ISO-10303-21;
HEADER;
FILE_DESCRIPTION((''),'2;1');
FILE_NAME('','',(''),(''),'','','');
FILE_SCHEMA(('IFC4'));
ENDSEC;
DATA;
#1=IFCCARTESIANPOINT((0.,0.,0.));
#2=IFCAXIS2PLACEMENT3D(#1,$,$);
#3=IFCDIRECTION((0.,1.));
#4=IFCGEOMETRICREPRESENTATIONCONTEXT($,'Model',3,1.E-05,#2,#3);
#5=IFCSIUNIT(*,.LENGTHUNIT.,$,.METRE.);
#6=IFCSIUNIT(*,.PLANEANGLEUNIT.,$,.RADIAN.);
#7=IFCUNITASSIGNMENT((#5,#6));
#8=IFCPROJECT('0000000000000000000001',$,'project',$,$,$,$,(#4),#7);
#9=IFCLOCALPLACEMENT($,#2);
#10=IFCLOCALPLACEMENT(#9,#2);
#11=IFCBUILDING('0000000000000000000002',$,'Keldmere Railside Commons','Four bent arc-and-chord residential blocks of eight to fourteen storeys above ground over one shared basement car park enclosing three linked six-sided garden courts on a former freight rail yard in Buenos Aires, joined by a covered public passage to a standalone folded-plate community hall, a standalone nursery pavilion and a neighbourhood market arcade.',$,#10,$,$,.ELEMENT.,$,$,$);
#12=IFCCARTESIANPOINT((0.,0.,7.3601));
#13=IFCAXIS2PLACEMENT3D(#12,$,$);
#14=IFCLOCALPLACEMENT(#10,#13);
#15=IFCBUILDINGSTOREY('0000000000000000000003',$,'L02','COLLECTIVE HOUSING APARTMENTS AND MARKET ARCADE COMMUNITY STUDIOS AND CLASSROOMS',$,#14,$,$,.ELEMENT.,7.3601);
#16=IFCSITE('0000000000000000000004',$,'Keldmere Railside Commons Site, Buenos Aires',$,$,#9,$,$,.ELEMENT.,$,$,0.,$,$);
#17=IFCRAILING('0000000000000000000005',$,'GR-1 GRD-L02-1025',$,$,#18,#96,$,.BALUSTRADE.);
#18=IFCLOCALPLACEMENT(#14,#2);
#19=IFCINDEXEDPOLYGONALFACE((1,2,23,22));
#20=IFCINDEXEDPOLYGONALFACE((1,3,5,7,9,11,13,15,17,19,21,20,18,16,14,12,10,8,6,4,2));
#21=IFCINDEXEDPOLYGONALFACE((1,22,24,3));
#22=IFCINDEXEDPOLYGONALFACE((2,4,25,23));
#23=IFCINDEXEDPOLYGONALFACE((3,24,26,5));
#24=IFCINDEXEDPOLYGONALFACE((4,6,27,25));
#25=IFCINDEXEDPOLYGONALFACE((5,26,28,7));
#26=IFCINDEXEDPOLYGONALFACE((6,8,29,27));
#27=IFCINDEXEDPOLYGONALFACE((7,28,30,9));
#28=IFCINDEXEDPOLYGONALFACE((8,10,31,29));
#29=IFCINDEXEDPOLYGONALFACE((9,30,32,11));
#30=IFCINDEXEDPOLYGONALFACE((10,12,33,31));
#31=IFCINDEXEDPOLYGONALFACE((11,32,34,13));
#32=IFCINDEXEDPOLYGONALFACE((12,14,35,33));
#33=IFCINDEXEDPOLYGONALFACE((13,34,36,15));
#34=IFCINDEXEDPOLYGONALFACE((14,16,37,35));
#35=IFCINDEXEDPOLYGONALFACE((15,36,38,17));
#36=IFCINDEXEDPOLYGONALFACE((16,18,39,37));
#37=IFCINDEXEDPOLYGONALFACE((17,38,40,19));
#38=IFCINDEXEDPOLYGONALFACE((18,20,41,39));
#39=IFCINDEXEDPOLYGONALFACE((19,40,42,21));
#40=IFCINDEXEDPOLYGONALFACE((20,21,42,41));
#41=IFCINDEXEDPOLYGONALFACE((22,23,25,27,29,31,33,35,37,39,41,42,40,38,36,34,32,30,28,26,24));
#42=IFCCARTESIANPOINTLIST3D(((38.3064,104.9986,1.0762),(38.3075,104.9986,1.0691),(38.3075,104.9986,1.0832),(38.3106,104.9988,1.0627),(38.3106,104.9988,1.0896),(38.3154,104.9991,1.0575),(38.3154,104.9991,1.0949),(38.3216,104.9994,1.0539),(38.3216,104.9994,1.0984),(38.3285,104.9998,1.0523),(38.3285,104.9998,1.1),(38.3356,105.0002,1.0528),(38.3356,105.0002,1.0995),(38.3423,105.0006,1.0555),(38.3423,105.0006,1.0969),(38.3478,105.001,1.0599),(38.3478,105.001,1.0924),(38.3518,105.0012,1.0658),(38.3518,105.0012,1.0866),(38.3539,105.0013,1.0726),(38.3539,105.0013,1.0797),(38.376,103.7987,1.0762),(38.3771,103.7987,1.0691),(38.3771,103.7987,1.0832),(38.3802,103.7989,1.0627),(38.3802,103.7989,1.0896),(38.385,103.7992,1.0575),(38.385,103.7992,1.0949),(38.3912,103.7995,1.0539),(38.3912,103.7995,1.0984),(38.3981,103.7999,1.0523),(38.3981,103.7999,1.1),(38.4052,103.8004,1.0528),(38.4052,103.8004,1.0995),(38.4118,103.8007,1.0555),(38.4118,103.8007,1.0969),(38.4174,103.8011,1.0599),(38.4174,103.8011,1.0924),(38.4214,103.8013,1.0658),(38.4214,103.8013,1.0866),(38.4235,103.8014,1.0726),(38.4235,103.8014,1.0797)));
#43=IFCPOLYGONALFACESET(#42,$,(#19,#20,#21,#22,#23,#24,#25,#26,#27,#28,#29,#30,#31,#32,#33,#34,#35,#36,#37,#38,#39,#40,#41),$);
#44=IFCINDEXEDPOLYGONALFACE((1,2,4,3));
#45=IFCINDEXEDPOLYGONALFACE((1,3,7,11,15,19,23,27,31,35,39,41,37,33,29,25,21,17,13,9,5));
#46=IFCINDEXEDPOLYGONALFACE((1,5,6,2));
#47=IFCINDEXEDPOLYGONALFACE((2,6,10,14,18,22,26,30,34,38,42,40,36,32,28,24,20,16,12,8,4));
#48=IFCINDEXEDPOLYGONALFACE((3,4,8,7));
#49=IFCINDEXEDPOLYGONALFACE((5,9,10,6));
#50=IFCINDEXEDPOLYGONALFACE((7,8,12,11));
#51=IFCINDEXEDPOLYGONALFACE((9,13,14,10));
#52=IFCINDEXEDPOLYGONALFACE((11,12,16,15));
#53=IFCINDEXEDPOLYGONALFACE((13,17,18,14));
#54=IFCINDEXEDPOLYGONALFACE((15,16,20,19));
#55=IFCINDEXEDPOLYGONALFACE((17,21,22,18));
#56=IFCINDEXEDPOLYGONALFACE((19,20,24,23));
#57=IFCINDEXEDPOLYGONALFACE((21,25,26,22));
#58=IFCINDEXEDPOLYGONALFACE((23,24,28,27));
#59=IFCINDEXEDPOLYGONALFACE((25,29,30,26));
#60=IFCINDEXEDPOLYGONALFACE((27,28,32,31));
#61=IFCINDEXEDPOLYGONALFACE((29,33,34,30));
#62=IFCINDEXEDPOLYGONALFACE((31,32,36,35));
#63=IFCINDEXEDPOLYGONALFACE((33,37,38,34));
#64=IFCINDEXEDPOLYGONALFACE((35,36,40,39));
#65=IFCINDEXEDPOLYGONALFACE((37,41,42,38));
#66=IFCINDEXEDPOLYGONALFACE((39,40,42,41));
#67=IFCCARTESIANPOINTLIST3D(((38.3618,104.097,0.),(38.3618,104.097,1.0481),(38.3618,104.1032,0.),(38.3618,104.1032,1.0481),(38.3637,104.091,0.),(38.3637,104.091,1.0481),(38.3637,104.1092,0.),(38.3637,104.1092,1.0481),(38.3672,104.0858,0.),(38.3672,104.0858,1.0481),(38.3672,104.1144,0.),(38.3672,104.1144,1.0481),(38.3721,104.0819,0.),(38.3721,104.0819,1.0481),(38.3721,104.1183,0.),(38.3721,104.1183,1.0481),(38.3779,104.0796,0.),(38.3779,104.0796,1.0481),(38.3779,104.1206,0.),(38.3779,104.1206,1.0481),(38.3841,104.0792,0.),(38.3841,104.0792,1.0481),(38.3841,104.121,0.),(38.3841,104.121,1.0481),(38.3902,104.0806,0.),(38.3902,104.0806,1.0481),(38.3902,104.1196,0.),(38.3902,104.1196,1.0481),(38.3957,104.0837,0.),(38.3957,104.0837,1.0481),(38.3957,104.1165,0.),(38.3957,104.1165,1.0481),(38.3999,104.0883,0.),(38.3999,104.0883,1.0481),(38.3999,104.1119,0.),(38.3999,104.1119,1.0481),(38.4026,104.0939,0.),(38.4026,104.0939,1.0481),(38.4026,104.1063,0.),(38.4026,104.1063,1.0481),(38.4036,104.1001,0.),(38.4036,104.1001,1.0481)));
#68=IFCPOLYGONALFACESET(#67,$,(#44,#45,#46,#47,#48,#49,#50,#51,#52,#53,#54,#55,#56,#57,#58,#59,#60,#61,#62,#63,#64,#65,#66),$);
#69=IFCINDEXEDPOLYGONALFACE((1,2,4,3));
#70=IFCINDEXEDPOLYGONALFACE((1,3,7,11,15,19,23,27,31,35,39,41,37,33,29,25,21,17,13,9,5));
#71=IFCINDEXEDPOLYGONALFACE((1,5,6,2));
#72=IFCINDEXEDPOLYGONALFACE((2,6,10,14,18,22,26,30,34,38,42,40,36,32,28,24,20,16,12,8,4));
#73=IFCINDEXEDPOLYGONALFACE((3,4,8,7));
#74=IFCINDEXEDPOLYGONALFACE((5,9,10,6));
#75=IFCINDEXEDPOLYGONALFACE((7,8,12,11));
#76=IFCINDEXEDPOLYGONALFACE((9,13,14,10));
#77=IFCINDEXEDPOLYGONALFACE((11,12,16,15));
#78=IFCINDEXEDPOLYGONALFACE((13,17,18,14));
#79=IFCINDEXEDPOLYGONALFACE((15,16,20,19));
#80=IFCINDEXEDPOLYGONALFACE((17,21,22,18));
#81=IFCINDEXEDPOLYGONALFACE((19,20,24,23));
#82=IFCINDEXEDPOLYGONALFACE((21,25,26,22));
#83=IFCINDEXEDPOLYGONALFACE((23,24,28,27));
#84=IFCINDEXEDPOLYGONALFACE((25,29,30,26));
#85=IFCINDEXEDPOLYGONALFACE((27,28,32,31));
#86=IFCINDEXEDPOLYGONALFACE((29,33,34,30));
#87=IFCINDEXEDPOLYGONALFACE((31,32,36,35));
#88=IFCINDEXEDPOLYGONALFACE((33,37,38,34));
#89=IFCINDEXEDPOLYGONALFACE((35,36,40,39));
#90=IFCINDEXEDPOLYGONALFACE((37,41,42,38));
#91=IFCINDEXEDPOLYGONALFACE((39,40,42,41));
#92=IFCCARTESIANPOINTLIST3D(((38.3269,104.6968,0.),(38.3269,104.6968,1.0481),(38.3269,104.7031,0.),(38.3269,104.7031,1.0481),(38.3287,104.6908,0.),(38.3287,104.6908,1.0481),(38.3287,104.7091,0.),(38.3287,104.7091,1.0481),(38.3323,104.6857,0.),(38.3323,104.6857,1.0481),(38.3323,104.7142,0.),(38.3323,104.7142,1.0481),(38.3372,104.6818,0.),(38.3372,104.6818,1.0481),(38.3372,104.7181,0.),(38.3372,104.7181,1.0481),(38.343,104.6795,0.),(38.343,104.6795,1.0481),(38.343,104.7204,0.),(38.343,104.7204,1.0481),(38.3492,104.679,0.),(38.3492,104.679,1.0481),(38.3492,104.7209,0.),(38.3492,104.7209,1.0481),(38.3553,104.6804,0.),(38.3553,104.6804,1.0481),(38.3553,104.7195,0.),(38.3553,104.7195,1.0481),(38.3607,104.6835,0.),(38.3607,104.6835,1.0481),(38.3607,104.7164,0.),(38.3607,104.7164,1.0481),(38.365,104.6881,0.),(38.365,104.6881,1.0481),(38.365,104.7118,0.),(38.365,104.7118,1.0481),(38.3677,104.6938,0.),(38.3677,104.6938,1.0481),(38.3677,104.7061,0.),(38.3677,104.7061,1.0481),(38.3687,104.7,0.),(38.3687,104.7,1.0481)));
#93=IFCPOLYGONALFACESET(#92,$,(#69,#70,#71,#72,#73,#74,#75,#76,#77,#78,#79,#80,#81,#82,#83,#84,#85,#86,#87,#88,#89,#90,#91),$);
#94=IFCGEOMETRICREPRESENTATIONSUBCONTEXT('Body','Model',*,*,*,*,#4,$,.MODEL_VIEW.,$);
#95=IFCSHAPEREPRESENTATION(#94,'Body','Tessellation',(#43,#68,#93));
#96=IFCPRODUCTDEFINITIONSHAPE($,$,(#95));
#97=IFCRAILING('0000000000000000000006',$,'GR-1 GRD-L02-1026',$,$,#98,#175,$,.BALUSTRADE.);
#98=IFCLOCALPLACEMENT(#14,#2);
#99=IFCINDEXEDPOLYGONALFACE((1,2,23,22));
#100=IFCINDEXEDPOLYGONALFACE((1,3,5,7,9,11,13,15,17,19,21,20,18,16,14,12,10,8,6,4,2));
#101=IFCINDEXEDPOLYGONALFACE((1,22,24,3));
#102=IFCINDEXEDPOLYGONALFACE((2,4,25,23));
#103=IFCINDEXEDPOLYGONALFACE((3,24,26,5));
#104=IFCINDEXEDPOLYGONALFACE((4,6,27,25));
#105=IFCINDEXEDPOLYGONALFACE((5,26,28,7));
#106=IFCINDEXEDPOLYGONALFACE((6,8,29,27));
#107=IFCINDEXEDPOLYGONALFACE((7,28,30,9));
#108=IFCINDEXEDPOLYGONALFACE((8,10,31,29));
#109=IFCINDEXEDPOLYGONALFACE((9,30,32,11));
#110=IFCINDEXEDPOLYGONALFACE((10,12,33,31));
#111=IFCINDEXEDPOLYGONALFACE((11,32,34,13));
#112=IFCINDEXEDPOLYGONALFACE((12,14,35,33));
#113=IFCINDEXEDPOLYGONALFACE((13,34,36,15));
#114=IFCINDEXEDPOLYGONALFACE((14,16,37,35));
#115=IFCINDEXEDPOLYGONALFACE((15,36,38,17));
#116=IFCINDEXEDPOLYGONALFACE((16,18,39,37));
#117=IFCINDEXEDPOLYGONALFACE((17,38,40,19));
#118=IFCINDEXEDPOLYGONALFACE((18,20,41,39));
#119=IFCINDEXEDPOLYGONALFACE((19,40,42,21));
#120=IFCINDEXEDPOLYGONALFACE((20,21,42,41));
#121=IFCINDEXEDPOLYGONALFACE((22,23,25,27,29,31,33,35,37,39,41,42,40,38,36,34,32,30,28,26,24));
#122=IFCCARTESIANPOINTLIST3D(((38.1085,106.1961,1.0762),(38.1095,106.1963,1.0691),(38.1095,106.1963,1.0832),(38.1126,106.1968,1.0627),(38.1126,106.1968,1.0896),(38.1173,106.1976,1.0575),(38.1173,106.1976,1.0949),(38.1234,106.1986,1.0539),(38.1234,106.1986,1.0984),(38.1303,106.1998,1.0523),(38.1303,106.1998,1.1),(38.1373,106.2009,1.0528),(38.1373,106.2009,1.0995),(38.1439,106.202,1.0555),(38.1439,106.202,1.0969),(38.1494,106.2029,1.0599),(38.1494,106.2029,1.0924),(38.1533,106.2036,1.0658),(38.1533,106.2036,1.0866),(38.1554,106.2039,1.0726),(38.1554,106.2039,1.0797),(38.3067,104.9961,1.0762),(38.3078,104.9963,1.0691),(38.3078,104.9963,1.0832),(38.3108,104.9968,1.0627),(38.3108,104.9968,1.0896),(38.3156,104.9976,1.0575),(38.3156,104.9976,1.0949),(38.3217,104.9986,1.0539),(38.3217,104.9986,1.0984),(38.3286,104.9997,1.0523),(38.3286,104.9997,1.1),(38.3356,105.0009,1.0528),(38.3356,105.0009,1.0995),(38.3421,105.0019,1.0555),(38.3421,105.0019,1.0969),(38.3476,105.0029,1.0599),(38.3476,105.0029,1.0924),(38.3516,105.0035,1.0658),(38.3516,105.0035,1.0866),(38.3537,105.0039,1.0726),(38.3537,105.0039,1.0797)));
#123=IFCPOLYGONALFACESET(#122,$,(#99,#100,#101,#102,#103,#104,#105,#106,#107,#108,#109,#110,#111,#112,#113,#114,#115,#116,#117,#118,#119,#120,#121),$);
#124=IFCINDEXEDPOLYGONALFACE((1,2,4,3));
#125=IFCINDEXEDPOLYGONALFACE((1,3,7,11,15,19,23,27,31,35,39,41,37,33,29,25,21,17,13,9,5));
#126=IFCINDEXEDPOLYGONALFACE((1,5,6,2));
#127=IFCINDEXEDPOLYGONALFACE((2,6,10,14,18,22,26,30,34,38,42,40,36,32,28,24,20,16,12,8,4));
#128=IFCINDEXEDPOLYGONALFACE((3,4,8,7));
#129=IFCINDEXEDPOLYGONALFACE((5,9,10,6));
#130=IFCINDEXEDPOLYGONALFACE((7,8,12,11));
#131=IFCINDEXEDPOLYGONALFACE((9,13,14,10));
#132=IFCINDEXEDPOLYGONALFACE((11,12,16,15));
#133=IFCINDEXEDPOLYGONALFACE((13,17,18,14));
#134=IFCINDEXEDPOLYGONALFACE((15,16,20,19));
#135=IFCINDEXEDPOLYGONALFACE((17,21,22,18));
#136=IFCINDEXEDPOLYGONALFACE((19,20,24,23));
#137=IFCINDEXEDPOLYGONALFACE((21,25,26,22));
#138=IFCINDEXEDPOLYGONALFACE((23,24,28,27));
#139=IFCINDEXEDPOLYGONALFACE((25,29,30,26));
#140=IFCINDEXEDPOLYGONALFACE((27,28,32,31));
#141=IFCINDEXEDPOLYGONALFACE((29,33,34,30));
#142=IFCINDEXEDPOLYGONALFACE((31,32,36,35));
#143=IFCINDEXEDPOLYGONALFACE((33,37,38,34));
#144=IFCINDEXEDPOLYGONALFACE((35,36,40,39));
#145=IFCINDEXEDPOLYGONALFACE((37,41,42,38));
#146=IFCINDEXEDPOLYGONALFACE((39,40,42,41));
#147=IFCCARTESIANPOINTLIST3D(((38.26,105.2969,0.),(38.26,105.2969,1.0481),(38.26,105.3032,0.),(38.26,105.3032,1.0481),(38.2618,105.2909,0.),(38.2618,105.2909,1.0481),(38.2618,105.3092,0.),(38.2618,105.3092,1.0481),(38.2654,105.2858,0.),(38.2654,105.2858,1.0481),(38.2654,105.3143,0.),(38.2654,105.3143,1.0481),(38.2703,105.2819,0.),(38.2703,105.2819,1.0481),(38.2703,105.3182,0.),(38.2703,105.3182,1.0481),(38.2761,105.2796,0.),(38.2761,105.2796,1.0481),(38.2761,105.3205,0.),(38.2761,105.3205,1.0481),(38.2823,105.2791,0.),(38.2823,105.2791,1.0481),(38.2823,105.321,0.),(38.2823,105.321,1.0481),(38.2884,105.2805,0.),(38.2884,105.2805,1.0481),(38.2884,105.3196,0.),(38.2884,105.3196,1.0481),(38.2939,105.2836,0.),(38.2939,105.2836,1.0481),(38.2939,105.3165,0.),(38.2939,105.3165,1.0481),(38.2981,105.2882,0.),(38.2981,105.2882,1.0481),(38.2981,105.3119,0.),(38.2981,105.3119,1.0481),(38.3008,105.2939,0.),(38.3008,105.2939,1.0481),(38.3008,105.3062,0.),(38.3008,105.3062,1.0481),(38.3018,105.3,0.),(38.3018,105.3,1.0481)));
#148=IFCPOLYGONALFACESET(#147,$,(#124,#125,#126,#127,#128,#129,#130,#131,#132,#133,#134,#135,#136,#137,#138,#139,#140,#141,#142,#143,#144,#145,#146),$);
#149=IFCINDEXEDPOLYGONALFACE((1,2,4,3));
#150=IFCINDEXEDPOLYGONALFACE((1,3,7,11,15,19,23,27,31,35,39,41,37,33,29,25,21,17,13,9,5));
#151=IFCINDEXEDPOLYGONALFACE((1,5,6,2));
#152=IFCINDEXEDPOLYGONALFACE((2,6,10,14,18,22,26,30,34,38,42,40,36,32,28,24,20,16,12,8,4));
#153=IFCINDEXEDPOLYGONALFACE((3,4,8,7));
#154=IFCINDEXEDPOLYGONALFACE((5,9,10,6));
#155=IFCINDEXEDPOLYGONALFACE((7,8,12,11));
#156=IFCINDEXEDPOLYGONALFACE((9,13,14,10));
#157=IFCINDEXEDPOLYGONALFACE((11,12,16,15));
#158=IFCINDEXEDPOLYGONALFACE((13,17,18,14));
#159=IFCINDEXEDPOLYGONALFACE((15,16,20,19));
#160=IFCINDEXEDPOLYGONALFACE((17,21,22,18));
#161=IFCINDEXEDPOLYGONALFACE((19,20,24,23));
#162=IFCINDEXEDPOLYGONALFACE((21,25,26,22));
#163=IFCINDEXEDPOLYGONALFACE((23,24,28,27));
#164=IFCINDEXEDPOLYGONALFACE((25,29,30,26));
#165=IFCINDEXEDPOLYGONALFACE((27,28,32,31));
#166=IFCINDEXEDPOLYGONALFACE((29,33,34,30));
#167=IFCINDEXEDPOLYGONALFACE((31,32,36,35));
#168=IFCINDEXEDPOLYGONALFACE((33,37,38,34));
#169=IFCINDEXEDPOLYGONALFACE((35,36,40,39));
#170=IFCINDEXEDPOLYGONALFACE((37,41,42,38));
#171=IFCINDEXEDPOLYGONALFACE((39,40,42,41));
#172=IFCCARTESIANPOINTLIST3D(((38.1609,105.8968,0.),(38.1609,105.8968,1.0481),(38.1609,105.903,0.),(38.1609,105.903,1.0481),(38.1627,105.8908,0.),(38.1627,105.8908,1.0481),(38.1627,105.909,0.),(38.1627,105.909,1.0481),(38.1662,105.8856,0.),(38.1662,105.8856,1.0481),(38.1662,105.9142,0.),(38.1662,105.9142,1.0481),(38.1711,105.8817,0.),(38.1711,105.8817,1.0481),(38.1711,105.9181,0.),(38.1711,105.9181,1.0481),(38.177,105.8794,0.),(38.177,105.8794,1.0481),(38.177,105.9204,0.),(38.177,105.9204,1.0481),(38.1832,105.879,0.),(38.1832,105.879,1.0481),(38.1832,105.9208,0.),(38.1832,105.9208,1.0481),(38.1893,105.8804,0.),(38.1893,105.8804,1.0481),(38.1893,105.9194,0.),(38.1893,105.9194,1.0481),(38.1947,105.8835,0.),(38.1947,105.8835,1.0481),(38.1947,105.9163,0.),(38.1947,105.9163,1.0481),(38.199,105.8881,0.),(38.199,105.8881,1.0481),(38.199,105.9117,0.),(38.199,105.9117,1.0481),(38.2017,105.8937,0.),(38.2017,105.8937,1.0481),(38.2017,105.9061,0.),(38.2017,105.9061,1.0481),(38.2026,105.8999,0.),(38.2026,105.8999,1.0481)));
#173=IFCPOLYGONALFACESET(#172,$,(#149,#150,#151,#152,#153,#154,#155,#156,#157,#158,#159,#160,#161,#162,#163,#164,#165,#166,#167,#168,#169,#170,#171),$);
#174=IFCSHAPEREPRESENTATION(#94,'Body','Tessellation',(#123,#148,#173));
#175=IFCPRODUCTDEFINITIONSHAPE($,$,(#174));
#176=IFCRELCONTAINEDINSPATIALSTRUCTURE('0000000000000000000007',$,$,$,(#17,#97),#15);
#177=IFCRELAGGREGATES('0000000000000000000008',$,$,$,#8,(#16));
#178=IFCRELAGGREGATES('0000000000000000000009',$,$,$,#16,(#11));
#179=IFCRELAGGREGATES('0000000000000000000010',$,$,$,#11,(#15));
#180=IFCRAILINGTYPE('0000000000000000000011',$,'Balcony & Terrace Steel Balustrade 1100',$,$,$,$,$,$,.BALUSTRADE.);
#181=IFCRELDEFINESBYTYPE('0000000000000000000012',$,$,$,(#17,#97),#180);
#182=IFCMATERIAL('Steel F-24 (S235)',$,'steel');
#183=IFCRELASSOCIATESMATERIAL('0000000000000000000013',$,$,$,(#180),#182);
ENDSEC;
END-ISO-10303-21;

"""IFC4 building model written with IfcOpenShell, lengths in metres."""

from ifc_helpers import new_model, si_unit, direction, frame, origin, origin_2d, place, context, subcontext, project, spatial, circle, extrude, material, type_object, element, save


model = new_model("IFC4")

# Units and contexts
model_context = context("Model", 3, precision=1e-05, world=origin(), true_north=direction((0.0, 1.0)))
body_context = subcontext(model_context, "Body", "Model", "MODEL_VIEW")
ifc_project = project(units=[si_unit("LENGTHUNIT", "METRE"), si_unit("PLANEANGLEUNIT", "RADIAN")], contexts=[model_context])

# Site, building, storey
site_placement = place(None, origin())
site = spatial("IfcSite", under=ifc_project, at=site_placement, Name="Keldmere Railside Commons Site, Buenos Aires", CompositionType="ELEMENT", RefElevation=0.0)
building_placement = place(site_placement, origin())
building = spatial("IfcBuilding", under=site, at=building_placement, Name="Keldmere Railside Commons", Description="Four bent arc-and-chord residential blocks of eight to fourteen storeys above ground over one shared basement car park enclosing three linked six-sided garden courts on a former freight rail yard in Buenos Aires, joined by a covered public passage to a standalone folded-plate community hall, a standalone nursery pavilion and a neighbourhood market arcade.", CompositionType="ELEMENT")
storey_placement = place(building_placement, frame((0.0, 0.0, 7.3601)))
storey = spatial("IfcBuildingStorey", under=building, at=storey_placement, Name="L02", Description="COLLECTIVE HOUSING APARTMENTS AND MARKET ARCADE COMMUNITY STUDIOS AND CLASSROOMS", CompositionType="ELEMENT", Elevation=7.3601)

# Railings
ifc_material_1 = material(Name="Steel F-24 (S235)", Category="steel")
railing_type = type_object("IfcRailingType", Name="Balcony & Terrace Steel Balustrade 1100", PredefinedType="BALUSTRADE", material=ifc_material_1)
railing_1_placement = place(storey_placement, frame((38.3999, 103.8, 0.0)))
element("IfcRailing", 1, at=railing_1_placement, inside=storey, type_object=railing_type, Name="GR-1 GRD-L02-1025", PredefinedType="BALUSTRADE", context=body_context, shape_type="SweptSolid", body=[
    extrude(circle(Radius=0.0239, at=origin_2d()), frame((0.0, 0.0, 1.0762), z_axis=(-0.057889, 0.998323, 0.0), x_axis=(-0.998323, -0.057889, 0.0)), (0.0, 0.0, 1.0), 1.2019),
    extrude(circle(Radius=0.021, at=origin_2d()), frame((-0.0173, 0.3, 0.0)), (0.0, 0.0, 1.0), 1.0481),
    extrude(circle(Radius=0.021, at=origin_2d()), frame((-0.0522, 0.8999, 0.0)), (0.0, 0.0, 1.0), 1.0481),
])
railing_2_placement = place(storey_placement, frame((38.3303, 105.0, 0.0)))
element("IfcRailing", 2, at=railing_2_placement, inside=storey, type_object=railing_type, Name="GR-1 GRD-L02-1026", PredefinedType="BALUSTRADE", context=body_context, shape_type="SweptSolid", body=[
    extrude(circle(Radius=0.0239, at=origin_2d()), frame((0.0, 0.0, 1.0762), z_axis=(-0.162999, 0.986626, 0.0), x_axis=(-0.986626, -0.162999, 0.0)), (0.0, 0.0, 1.0), 1.2163),
    extrude(circle(Radius=0.021, at=origin_2d()), frame((-0.0496, 0.3, 0.0)), (0.0, 0.0, 1.0), 1.0481),
    extrude(circle(Radius=0.021, at=origin_2d()), frame((-0.1487, 0.8999, 0.0)), (0.0, 0.0, 1.0), 1.0481),
])

save(model, "model.ifc")
